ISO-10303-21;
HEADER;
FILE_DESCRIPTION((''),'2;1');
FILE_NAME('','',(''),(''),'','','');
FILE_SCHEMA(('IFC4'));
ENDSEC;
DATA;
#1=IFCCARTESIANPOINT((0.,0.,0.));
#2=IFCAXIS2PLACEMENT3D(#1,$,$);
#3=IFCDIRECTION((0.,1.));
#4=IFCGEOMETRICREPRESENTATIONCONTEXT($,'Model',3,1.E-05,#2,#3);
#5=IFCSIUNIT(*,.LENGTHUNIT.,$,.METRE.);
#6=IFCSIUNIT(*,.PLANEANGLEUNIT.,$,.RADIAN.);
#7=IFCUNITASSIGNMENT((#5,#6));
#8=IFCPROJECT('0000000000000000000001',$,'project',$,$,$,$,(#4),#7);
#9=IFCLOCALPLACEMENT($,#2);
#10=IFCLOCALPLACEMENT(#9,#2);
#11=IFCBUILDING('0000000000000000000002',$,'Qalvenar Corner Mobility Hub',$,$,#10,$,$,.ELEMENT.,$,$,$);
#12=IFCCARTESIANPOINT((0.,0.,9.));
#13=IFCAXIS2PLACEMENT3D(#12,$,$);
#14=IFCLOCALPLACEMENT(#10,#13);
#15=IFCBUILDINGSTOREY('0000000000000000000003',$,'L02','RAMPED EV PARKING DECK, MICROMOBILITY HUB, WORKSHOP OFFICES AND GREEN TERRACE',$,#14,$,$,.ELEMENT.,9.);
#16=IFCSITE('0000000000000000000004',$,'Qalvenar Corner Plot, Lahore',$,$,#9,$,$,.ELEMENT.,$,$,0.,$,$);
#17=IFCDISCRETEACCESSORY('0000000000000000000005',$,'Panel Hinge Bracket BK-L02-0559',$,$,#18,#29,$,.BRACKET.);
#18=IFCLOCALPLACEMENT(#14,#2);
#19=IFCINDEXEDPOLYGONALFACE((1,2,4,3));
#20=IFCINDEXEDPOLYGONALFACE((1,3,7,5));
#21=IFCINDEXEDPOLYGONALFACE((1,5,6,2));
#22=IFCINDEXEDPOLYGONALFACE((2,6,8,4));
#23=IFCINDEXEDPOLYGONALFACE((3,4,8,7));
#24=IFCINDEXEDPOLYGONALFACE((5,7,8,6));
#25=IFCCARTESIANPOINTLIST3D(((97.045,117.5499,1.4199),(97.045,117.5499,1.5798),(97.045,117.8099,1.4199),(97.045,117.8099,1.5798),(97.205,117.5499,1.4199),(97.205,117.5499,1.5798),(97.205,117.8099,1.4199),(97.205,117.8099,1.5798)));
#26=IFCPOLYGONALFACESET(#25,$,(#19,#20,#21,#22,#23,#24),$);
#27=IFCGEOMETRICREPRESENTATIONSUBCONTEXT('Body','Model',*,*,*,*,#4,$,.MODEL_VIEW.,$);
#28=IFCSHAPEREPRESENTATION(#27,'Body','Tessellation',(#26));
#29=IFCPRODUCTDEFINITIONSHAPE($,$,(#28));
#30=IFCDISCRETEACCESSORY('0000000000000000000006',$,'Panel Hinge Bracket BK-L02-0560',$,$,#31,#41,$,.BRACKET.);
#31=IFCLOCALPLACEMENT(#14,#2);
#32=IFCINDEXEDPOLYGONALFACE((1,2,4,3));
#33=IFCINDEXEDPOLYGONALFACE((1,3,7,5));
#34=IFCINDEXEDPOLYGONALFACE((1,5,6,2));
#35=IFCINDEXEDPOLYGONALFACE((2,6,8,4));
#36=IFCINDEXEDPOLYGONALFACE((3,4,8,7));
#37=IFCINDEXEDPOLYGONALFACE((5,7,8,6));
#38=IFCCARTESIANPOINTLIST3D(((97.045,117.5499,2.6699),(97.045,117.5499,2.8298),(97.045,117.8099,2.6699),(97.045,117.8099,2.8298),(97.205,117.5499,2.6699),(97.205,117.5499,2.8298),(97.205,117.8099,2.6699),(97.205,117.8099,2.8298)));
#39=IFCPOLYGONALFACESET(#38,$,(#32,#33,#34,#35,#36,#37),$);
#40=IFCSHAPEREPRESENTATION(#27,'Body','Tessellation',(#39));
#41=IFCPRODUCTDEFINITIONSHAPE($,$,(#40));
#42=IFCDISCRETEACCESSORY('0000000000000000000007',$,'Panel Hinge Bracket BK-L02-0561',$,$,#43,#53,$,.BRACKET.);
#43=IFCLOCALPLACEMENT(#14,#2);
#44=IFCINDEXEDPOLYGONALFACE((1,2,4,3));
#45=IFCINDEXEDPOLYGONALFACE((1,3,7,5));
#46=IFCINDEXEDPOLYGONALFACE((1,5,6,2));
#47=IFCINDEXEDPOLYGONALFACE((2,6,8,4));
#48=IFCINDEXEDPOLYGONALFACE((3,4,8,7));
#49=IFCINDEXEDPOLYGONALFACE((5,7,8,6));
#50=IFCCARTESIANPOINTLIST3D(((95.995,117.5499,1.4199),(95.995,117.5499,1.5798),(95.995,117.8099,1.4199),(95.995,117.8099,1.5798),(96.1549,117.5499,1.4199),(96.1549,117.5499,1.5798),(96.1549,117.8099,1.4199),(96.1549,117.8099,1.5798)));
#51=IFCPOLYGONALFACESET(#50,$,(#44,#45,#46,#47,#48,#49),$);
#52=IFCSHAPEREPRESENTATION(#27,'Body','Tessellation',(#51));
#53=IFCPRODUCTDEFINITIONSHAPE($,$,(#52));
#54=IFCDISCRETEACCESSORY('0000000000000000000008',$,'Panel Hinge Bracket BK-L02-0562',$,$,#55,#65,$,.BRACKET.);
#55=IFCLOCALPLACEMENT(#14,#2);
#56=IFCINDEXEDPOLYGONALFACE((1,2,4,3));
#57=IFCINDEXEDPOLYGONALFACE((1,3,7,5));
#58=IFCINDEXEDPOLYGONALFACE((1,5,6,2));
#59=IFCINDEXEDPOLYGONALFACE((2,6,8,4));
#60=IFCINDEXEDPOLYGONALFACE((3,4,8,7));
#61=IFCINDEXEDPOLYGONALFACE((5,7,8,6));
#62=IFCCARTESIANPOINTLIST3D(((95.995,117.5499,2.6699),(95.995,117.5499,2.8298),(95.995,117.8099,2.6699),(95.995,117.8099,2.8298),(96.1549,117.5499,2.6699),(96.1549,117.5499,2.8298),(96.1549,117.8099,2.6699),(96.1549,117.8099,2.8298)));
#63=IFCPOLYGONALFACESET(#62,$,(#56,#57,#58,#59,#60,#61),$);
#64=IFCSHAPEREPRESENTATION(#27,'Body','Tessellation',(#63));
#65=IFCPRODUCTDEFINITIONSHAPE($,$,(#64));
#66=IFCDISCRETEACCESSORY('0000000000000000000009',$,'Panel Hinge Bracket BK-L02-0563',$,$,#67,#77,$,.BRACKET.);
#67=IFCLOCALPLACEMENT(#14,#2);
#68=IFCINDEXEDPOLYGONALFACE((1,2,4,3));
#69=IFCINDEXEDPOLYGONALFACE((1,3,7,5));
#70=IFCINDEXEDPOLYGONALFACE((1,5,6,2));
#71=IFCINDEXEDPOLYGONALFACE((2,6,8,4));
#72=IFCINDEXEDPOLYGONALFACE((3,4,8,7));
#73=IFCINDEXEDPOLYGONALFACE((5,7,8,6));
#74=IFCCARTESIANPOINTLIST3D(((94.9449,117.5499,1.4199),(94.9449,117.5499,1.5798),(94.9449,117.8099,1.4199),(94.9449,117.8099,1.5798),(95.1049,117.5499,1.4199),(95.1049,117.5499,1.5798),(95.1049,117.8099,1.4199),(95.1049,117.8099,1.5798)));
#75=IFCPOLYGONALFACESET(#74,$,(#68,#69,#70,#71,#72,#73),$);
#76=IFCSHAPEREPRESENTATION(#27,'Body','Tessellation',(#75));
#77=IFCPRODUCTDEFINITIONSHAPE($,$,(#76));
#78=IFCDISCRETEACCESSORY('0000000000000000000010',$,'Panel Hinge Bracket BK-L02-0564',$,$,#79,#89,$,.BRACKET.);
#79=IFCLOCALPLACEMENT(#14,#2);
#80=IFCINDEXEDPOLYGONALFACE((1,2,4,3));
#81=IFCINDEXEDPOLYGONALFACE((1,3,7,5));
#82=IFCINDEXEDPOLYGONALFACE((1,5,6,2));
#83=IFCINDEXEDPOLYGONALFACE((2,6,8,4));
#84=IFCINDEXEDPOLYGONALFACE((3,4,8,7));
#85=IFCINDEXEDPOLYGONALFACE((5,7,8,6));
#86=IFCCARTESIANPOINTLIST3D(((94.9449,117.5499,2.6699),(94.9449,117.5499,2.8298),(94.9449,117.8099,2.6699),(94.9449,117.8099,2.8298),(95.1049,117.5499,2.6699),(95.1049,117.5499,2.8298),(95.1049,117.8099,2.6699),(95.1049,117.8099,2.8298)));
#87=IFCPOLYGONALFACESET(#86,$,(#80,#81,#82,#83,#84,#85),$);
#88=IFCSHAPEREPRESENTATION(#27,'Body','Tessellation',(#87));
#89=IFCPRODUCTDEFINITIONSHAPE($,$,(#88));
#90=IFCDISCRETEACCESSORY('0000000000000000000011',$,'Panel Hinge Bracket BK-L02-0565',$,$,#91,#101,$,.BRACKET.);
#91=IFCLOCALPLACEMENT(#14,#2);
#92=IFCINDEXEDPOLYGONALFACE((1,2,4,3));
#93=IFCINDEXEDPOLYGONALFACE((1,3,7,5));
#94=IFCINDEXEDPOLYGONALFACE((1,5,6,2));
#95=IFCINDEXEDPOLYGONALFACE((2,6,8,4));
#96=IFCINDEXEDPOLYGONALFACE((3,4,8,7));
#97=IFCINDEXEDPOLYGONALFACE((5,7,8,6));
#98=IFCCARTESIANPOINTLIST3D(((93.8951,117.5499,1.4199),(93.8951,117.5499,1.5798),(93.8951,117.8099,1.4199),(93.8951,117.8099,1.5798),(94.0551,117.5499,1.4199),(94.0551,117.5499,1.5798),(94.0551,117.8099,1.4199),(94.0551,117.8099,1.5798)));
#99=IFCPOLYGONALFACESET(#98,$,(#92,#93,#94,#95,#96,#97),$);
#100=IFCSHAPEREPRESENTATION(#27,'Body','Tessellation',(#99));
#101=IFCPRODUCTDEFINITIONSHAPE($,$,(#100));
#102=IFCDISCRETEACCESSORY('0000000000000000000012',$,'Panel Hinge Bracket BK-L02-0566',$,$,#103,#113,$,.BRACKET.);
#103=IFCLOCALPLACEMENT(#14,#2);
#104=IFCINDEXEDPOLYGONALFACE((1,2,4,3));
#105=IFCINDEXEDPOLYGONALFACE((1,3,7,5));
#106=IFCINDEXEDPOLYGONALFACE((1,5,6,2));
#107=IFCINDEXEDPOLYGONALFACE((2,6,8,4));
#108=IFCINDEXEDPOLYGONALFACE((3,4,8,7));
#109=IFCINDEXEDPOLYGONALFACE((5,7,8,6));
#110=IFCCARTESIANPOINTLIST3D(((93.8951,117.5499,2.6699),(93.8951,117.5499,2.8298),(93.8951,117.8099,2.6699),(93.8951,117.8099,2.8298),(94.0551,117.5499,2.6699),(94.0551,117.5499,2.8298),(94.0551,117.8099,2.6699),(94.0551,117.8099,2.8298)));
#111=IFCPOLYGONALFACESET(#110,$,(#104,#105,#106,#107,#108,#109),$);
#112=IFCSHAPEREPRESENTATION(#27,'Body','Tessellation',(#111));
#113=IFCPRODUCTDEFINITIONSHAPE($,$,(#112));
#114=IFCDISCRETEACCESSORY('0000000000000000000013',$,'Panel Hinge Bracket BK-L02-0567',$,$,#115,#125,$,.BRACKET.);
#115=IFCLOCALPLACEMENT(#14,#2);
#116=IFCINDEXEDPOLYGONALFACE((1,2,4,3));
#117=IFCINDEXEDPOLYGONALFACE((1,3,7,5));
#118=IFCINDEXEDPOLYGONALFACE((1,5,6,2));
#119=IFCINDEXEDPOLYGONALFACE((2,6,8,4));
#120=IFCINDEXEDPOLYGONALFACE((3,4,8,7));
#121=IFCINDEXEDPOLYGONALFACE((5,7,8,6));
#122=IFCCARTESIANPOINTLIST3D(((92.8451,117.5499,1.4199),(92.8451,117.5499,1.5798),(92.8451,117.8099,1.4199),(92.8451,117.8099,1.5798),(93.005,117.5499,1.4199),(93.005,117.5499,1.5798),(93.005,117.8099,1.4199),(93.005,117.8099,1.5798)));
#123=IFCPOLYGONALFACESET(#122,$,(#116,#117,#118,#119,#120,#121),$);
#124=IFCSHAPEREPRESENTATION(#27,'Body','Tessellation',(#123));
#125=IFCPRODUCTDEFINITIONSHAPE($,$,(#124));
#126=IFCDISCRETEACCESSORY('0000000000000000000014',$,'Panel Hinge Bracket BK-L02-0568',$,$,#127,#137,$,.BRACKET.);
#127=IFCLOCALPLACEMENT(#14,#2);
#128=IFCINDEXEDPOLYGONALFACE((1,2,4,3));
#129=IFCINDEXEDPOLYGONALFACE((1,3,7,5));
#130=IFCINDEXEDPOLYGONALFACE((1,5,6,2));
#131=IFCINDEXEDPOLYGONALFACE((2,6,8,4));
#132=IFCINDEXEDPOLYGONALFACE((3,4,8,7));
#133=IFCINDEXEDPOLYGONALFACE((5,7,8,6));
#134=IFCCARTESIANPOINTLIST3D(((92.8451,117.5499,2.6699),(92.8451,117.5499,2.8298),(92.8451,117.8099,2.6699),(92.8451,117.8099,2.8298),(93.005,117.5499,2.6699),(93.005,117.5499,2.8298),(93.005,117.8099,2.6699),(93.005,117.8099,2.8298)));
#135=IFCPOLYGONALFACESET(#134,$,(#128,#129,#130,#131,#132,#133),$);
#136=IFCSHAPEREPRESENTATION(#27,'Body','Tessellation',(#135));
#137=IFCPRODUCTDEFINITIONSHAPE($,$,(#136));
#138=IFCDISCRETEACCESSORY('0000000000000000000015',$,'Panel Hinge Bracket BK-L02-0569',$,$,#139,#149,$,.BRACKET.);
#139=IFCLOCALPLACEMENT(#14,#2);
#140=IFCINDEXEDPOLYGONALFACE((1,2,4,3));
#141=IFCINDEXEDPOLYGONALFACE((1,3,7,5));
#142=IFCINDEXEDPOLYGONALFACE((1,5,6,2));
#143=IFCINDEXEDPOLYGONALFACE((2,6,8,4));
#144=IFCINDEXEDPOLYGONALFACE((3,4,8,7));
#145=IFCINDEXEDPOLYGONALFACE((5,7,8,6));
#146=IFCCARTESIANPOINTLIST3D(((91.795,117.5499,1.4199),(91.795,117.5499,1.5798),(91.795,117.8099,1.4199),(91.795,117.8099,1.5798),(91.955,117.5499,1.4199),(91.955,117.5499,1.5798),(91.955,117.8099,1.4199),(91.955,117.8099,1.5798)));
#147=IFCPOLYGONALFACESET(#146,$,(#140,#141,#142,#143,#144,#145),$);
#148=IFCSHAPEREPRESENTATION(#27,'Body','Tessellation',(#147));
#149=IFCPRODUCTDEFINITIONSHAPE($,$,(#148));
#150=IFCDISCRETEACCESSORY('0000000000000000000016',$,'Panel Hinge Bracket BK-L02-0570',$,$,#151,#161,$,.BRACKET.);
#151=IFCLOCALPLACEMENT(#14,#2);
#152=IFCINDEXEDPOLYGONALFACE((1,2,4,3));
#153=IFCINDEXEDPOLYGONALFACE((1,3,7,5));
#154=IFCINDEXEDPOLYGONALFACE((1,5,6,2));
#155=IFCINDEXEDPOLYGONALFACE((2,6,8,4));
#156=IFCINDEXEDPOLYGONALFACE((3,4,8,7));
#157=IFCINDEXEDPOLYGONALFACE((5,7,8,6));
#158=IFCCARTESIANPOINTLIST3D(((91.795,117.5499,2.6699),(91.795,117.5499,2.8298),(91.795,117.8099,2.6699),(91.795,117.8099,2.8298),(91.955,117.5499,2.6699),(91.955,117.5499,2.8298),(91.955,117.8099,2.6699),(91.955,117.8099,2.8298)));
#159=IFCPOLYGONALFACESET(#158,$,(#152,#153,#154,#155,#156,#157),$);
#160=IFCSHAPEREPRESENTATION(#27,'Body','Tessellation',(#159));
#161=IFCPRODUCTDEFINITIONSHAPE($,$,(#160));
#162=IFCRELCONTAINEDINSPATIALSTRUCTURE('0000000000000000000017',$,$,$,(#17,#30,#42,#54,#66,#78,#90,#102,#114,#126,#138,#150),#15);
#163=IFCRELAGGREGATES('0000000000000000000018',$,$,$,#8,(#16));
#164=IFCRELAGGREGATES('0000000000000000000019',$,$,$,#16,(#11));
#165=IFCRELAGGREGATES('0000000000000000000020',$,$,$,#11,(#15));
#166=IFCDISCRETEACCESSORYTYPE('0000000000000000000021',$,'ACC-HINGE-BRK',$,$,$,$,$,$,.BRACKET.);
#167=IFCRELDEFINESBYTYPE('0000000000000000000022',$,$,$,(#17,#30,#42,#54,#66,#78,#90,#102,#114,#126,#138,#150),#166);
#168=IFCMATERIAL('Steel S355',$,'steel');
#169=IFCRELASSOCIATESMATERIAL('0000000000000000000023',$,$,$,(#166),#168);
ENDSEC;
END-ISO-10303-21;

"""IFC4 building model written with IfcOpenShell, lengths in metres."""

from ifc_helpers import new_model, si_unit, direction, frame, origin, origin_2d, place, context, subcontext, project, spatial, rectangle, extrude, material, type_object, element, save


model = new_model("IFC4")

# Units and contexts
model_context = context("Model", 3, precision=1e-05, world=origin(), true_north=direction((0.0, 1.0)))
body_context = subcontext(model_context, "Body", "Model", "MODEL_VIEW")
ifc_project = project(units=[si_unit("LENGTHUNIT", "METRE"), si_unit("PLANEANGLEUNIT", "RADIAN")], contexts=[model_context])

# Site, building, storey
site_placement = place(None, origin())
site = spatial("IfcSite", under=ifc_project, at=site_placement, Name="Qalvenar Corner Plot, Lahore", CompositionType="ELEMENT", RefElevation=0.0)
building_placement = place(site_placement, origin())
building = spatial("IfcBuilding", under=site, at=building_placement, Name="Qalvenar Corner Mobility Hub", CompositionType="ELEMENT")
storey_placement = place(building_placement, frame((0.0, 0.0, 9.0)))
storey = spatial("IfcBuildingStorey", under=building, at=storey_placement, Name="L02", Description="RAMPED EV PARKING DECK, MICROMOBILITY HUB, WORKSHOP OFFICES AND GREEN TERRACE", CompositionType="ELEMENT", Elevation=9.0)

# Discrete accessories
ifc_material_1 = material(Name="Steel S355", Category="steel")
discrete_accessory_type = type_object("IfcDiscreteAccessoryType", Name="ACC-HINGE-BRK", PredefinedType="BRACKET", material=ifc_material_1)
for number, where, z_axis, x_axis, name in (
    (1, (97.125, 117.6799, 1.4199), (0.0, 0.0, 1.0), (-1.0, 0.0, 0.0), "Panel Hinge Bracket BK-L02-0559"),
    (2, (97.125, 117.6799, 2.6699), (0.0, 0.0, 1.0), (-1.0, 0.0, 0.0), "Panel Hinge Bracket BK-L02-0560"),
    (3, (96.075, 117.6799, 1.4199), (0.0, 0.0, 1.0), (-1.0, 0.0, 0.0), "Panel Hinge Bracket BK-L02-0561"),
    (4, (96.075, 117.6799, 2.6699), (0.0, 0.0, 1.0), (-1.0, 0.0, 0.0), "Panel Hinge Bracket BK-L02-0562"),
    (5, (95.0249, 117.6799, 1.4199), (0.0, 0.0, 1.0), (-1.0, 0.0, 0.0), "Panel Hinge Bracket BK-L02-0563"),
    (6, (95.0249, 117.6799, 2.6699), (0.0, 0.0, 1.0), (-1.0, 0.0, 0.0), "Panel Hinge Bracket BK-L02-0564"),
    (7, (93.9751, 117.6799, 1.4199), (0.0, 0.0, 1.0), (-1.0, 0.0, 0.0), "Panel Hinge Bracket BK-L02-0565"),
    (8, (93.9751, 117.6799, 2.6699), (0.0, 0.0, 1.0), (-1.0, 0.0, 0.0), "Panel Hinge Bracket BK-L02-0566"),
    (9, (92.925, 117.6799, 1.4199), (0.0, 0.0, 1.0), (-1.0, 0.0, 0.0), "Panel Hinge Bracket BK-L02-0567"),
    (10, (92.925, 117.6799, 2.6699), (0.0, 0.0, 1.0), (-1.0, 0.0, 0.0), "Panel Hinge Bracket BK-L02-0568"),
    (11, (91.875, 117.6799, 1.4199), (0.0, 0.0, 1.0), (-1.0, 0.0, 0.0), "Panel Hinge Bracket BK-L02-0569"),
    (12, (91.875, 117.6799, 2.6699), (0.0, 0.0, 1.0), (-1.0, 0.0, 0.0), "Panel Hinge Bracket BK-L02-0570"),
):
    element("IfcDiscreteAccessory", number, at=place(storey_placement, frame(where, z_axis=z_axis, x_axis=x_axis)), inside=storey, type_object=discrete_accessory_type, Name=name, PredefinedType="BRACKET", context=body_context, shape_type="SweptSolid", body=[
        extrude(rectangle(XDim=0.1599, YDim=0.26, at=origin_2d()), origin(), (0.0, 0.0, 1.0), 0.1599),
    ])

save(model, "model.ifc")
